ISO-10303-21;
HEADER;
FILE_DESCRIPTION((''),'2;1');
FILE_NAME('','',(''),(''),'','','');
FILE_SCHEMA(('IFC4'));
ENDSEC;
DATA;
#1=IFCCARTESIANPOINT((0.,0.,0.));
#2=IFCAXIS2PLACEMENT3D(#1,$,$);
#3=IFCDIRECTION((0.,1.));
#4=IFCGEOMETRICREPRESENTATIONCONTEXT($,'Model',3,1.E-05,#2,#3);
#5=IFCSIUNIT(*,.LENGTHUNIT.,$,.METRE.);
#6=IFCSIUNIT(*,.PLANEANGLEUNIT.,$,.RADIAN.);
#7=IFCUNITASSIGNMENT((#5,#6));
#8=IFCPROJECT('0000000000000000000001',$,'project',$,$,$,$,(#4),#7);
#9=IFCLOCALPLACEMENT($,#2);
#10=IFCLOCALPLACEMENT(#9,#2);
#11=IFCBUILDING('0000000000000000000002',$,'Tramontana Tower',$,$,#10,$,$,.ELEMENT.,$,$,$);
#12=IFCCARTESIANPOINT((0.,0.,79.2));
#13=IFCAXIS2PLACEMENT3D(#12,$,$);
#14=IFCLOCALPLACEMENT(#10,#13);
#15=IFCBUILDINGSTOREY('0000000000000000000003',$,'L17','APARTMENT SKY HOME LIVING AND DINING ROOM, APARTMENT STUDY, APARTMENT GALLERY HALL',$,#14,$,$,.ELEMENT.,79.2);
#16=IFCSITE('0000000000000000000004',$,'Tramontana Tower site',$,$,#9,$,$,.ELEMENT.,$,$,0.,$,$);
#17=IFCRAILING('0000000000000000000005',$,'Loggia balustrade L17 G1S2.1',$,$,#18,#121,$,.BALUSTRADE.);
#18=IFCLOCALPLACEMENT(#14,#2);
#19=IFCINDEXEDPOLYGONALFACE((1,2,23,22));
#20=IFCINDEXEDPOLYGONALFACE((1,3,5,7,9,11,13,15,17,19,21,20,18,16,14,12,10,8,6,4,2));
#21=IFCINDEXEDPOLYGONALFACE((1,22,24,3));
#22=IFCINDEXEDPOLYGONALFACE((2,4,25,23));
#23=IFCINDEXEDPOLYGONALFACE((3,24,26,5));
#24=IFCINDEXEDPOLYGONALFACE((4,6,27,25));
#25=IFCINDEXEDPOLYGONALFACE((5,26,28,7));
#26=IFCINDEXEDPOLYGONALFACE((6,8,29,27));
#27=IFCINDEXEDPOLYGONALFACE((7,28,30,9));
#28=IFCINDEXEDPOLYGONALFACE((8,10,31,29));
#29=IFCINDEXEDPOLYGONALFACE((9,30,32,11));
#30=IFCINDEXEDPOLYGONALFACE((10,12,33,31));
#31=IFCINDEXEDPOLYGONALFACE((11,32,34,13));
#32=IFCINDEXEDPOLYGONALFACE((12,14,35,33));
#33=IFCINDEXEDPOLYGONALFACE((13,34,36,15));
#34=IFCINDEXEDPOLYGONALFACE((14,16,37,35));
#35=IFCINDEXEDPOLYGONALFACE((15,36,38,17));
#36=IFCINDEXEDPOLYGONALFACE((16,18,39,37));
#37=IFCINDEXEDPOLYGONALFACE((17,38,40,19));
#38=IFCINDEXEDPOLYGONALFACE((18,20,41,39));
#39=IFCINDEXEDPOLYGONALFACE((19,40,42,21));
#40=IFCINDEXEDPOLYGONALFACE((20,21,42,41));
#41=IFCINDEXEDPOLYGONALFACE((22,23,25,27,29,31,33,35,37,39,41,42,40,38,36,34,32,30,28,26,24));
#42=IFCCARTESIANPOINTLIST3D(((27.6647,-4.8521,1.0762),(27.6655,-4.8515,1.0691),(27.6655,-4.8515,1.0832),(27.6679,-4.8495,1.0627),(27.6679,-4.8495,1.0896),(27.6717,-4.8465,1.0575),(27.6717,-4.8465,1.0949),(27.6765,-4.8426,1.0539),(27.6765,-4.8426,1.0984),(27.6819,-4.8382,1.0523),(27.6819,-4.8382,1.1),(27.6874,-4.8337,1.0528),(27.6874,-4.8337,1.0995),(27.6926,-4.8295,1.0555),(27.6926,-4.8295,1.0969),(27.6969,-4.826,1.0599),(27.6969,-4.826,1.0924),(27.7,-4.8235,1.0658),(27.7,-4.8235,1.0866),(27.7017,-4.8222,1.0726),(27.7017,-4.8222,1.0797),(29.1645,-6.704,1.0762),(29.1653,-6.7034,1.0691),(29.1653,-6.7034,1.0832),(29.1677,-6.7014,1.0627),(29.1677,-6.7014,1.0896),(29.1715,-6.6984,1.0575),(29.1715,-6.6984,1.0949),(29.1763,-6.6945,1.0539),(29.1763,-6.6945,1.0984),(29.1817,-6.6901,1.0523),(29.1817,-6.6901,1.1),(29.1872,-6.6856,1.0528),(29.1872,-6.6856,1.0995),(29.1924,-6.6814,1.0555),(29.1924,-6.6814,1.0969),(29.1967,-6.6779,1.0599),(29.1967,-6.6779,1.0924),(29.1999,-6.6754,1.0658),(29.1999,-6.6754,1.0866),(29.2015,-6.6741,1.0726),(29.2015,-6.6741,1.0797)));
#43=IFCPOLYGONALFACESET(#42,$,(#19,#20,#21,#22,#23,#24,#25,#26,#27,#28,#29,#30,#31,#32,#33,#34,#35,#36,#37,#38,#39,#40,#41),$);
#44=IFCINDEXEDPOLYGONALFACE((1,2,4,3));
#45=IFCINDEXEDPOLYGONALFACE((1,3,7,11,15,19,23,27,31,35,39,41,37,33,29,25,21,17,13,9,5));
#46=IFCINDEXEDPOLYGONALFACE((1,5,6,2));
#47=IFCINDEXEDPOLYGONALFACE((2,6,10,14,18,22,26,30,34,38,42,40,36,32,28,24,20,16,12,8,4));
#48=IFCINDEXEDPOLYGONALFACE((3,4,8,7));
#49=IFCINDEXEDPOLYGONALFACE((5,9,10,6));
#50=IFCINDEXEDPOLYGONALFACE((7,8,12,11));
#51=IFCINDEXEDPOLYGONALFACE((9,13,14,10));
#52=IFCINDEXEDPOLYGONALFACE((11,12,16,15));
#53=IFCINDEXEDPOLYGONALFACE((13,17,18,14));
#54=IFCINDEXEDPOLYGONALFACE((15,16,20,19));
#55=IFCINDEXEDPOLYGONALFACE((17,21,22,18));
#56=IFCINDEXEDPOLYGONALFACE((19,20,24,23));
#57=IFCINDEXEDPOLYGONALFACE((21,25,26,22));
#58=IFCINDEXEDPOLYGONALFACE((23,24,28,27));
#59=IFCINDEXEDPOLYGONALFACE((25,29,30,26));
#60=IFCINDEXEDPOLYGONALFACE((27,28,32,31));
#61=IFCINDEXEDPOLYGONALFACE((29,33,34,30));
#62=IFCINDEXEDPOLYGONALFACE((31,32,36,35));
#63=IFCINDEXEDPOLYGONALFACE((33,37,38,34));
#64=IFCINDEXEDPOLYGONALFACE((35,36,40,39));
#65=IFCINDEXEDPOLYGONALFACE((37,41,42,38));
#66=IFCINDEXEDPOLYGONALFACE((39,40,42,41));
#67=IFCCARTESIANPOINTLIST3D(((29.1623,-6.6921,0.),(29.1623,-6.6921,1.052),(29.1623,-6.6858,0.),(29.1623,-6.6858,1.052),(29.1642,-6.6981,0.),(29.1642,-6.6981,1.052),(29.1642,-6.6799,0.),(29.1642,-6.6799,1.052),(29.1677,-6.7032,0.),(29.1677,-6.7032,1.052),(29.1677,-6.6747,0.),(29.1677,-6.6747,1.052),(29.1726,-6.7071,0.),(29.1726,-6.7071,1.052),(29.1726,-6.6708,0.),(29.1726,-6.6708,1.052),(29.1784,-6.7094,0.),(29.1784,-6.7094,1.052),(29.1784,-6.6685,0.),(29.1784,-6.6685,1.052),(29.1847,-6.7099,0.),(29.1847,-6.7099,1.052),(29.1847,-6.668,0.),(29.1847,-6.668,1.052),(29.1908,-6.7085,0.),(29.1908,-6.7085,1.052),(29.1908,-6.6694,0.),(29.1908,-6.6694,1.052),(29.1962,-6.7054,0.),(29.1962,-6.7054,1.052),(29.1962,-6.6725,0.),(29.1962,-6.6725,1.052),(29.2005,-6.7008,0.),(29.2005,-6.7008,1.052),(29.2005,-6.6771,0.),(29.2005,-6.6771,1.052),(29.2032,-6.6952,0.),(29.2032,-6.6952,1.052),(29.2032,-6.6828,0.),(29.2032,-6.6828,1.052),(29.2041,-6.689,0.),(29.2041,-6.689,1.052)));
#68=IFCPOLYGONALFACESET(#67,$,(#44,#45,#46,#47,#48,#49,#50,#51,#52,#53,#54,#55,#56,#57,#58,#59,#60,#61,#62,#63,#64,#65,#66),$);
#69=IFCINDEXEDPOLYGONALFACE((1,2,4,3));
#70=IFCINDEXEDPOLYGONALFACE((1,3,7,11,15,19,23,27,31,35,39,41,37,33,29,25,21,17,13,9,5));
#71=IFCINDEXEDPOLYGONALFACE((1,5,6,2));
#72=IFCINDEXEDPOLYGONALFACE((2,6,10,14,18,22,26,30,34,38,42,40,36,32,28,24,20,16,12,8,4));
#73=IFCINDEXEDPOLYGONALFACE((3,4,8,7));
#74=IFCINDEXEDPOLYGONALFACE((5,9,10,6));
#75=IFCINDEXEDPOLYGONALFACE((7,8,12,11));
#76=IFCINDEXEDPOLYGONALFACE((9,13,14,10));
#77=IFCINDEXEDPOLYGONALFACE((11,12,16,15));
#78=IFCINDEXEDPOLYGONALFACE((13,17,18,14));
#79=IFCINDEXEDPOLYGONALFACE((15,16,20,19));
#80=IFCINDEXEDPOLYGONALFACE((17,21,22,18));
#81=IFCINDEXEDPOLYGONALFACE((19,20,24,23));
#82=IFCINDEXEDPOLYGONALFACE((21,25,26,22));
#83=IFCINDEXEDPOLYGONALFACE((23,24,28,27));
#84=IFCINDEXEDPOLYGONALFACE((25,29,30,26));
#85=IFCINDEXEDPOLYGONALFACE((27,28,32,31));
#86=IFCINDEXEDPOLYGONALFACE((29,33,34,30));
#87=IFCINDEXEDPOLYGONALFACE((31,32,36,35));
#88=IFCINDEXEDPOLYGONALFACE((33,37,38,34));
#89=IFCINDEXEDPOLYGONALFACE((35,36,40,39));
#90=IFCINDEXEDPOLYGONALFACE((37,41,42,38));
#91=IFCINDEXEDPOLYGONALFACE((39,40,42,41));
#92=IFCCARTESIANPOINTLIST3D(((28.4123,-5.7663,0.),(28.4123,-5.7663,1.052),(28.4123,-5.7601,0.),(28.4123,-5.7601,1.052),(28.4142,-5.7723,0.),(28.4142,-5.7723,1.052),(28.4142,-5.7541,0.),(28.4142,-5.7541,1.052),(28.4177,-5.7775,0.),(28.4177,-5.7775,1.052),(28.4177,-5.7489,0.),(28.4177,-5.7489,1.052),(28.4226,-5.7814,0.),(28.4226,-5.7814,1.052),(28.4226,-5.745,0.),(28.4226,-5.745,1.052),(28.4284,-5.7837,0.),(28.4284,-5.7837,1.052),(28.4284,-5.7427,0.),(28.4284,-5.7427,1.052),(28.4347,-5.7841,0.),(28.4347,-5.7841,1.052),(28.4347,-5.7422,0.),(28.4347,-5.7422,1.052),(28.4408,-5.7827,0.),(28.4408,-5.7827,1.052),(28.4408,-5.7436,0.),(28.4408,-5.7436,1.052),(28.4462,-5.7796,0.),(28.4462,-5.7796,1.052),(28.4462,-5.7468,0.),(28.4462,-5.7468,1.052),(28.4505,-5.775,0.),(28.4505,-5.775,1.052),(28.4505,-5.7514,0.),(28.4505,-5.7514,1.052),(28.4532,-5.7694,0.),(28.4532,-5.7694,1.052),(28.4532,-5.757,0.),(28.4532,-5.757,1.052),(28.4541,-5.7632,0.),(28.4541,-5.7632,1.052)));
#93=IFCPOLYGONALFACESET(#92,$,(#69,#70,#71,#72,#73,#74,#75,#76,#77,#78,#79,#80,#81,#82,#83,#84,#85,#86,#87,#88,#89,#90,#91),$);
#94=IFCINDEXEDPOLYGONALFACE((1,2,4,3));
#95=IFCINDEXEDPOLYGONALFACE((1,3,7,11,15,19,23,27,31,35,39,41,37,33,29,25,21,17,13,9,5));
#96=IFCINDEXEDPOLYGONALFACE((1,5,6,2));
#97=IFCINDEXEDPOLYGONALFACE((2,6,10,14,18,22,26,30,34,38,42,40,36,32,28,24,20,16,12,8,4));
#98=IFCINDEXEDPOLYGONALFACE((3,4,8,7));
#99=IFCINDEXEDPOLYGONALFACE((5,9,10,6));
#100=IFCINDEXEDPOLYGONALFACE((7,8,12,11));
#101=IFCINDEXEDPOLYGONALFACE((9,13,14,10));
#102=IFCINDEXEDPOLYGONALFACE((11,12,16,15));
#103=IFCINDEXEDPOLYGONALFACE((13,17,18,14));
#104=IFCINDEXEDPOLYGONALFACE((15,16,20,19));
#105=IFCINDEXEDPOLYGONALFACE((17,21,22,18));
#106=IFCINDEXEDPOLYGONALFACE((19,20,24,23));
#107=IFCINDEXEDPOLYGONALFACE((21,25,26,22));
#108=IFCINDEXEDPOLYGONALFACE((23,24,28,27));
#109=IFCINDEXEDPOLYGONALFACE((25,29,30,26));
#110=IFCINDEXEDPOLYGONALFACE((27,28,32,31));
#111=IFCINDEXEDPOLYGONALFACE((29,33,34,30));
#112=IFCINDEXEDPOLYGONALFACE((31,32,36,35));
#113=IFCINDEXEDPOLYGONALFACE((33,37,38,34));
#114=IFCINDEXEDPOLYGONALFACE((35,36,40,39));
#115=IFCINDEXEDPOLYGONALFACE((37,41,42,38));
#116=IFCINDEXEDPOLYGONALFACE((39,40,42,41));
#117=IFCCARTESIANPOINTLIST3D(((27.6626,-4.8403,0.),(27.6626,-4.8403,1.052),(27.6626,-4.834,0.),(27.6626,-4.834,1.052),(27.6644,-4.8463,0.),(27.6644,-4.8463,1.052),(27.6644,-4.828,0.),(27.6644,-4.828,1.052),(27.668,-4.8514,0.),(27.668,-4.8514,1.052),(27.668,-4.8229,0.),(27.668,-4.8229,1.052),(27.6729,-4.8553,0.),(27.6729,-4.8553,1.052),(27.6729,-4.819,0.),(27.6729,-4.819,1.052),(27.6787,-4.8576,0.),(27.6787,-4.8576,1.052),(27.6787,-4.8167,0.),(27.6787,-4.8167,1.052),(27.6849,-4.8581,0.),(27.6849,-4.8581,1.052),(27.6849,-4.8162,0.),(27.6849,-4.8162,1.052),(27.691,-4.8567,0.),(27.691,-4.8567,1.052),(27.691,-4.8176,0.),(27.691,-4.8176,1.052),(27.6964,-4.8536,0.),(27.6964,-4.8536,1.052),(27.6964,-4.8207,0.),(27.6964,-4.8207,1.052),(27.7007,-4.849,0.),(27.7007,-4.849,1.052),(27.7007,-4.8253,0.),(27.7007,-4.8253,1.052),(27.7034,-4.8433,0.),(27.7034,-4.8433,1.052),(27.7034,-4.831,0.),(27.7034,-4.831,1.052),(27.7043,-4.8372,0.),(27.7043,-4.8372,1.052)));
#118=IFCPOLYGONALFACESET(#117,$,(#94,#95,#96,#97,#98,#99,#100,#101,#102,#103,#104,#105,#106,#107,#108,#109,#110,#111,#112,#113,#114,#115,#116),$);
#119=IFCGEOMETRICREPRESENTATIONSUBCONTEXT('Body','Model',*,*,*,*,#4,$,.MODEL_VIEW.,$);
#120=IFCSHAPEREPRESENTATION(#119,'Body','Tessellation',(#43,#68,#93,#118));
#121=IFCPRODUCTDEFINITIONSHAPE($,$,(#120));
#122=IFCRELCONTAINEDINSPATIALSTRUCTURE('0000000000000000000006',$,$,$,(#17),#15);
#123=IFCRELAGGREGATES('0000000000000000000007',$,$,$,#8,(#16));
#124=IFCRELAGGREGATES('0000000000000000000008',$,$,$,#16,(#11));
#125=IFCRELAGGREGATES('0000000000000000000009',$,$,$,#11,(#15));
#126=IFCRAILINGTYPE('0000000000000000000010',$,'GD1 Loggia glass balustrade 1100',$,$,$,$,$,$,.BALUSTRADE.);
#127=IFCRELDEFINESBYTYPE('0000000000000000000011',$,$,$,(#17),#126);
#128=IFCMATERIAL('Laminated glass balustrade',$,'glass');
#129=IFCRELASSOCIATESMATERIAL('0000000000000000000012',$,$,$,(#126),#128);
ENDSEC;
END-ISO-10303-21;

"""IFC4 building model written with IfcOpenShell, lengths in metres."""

from ifc_helpers import new_model, si_unit, direction, frame, origin, origin_2d, place, context, subcontext, project, spatial, circle, extrude, material, type_object, element, save


model = new_model("IFC4")

# Units and contexts
model_context = context("Model", 3, precision=1e-05, world=origin(), true_north=direction((0.0, 1.0)))
body_context = subcontext(model_context, "Body", "Model", "MODEL_VIEW")
ifc_project = project(units=[si_unit("LENGTHUNIT", "METRE"), si_unit("PLANEANGLEUNIT", "RADIAN")], contexts=[model_context])

# Site, building, storey
site_placement = place(None, origin())
site = spatial("IfcSite", under=ifc_project, at=site_placement, Name="Tramontana Tower site", CompositionType="ELEMENT", RefElevation=0.0)
building_placement = place(site_placement, origin())
building = spatial("IfcBuilding", under=site, at=building_placement, Name="Tramontana Tower", CompositionType="ELEMENT")
storey_placement = place(building_placement, frame((0.0, 0.0, 79.2)))
storey = spatial("IfcBuildingStorey", under=building, at=storey_placement, Name="L17", Description="APARTMENT SKY HOME LIVING AND DINING ROOM, APARTMENT STUDY, APARTMENT GALLERY HALL", CompositionType="ELEMENT", Elevation=79.2)

# Railing
ifc_material_1 = material(Name="Laminated glass balustrade", Category="glass")
railing_type = type_object("IfcRailingType", Name="GD1 Loggia glass balustrade 1100", PredefinedType="BALUSTRADE", material=ifc_material_1)
railing_placement = place(storey_placement, frame((29.1831, -6.689, 0.0)))
element("IfcRailing", 1, at=railing_placement, inside=storey, type_object=railing_type, Name="Loggia balustrade L17 G1S2.1", PredefinedType="BALUSTRADE", context=body_context, shape_type="SweptSolid", body=[
    extrude(circle(Radius=0.0239, at=origin_2d()), frame((0.0, 0.0, 1.0762), z_axis=(-0.629369, 0.777106, 0.0), x_axis=(-0.777106, -0.629369, 0.0)), (0.0, 0.0, 1.0), 2.3831),
    extrude(circle(Radius=0.021, at=origin_2d()), origin(), (0.0, 0.0, 1.0), 1.052),
    extrude(circle(Radius=0.021, at=origin_2d()), frame((-0.75, 0.9258, 0.0)), (0.0, 0.0, 1.0), 1.052),
    extrude(circle(Radius=0.021, at=origin_2d()), frame((-1.4998, 1.8518, 0.0)), (0.0, 0.0, 1.0), 1.052),
])

save(model, "model.ifc")
